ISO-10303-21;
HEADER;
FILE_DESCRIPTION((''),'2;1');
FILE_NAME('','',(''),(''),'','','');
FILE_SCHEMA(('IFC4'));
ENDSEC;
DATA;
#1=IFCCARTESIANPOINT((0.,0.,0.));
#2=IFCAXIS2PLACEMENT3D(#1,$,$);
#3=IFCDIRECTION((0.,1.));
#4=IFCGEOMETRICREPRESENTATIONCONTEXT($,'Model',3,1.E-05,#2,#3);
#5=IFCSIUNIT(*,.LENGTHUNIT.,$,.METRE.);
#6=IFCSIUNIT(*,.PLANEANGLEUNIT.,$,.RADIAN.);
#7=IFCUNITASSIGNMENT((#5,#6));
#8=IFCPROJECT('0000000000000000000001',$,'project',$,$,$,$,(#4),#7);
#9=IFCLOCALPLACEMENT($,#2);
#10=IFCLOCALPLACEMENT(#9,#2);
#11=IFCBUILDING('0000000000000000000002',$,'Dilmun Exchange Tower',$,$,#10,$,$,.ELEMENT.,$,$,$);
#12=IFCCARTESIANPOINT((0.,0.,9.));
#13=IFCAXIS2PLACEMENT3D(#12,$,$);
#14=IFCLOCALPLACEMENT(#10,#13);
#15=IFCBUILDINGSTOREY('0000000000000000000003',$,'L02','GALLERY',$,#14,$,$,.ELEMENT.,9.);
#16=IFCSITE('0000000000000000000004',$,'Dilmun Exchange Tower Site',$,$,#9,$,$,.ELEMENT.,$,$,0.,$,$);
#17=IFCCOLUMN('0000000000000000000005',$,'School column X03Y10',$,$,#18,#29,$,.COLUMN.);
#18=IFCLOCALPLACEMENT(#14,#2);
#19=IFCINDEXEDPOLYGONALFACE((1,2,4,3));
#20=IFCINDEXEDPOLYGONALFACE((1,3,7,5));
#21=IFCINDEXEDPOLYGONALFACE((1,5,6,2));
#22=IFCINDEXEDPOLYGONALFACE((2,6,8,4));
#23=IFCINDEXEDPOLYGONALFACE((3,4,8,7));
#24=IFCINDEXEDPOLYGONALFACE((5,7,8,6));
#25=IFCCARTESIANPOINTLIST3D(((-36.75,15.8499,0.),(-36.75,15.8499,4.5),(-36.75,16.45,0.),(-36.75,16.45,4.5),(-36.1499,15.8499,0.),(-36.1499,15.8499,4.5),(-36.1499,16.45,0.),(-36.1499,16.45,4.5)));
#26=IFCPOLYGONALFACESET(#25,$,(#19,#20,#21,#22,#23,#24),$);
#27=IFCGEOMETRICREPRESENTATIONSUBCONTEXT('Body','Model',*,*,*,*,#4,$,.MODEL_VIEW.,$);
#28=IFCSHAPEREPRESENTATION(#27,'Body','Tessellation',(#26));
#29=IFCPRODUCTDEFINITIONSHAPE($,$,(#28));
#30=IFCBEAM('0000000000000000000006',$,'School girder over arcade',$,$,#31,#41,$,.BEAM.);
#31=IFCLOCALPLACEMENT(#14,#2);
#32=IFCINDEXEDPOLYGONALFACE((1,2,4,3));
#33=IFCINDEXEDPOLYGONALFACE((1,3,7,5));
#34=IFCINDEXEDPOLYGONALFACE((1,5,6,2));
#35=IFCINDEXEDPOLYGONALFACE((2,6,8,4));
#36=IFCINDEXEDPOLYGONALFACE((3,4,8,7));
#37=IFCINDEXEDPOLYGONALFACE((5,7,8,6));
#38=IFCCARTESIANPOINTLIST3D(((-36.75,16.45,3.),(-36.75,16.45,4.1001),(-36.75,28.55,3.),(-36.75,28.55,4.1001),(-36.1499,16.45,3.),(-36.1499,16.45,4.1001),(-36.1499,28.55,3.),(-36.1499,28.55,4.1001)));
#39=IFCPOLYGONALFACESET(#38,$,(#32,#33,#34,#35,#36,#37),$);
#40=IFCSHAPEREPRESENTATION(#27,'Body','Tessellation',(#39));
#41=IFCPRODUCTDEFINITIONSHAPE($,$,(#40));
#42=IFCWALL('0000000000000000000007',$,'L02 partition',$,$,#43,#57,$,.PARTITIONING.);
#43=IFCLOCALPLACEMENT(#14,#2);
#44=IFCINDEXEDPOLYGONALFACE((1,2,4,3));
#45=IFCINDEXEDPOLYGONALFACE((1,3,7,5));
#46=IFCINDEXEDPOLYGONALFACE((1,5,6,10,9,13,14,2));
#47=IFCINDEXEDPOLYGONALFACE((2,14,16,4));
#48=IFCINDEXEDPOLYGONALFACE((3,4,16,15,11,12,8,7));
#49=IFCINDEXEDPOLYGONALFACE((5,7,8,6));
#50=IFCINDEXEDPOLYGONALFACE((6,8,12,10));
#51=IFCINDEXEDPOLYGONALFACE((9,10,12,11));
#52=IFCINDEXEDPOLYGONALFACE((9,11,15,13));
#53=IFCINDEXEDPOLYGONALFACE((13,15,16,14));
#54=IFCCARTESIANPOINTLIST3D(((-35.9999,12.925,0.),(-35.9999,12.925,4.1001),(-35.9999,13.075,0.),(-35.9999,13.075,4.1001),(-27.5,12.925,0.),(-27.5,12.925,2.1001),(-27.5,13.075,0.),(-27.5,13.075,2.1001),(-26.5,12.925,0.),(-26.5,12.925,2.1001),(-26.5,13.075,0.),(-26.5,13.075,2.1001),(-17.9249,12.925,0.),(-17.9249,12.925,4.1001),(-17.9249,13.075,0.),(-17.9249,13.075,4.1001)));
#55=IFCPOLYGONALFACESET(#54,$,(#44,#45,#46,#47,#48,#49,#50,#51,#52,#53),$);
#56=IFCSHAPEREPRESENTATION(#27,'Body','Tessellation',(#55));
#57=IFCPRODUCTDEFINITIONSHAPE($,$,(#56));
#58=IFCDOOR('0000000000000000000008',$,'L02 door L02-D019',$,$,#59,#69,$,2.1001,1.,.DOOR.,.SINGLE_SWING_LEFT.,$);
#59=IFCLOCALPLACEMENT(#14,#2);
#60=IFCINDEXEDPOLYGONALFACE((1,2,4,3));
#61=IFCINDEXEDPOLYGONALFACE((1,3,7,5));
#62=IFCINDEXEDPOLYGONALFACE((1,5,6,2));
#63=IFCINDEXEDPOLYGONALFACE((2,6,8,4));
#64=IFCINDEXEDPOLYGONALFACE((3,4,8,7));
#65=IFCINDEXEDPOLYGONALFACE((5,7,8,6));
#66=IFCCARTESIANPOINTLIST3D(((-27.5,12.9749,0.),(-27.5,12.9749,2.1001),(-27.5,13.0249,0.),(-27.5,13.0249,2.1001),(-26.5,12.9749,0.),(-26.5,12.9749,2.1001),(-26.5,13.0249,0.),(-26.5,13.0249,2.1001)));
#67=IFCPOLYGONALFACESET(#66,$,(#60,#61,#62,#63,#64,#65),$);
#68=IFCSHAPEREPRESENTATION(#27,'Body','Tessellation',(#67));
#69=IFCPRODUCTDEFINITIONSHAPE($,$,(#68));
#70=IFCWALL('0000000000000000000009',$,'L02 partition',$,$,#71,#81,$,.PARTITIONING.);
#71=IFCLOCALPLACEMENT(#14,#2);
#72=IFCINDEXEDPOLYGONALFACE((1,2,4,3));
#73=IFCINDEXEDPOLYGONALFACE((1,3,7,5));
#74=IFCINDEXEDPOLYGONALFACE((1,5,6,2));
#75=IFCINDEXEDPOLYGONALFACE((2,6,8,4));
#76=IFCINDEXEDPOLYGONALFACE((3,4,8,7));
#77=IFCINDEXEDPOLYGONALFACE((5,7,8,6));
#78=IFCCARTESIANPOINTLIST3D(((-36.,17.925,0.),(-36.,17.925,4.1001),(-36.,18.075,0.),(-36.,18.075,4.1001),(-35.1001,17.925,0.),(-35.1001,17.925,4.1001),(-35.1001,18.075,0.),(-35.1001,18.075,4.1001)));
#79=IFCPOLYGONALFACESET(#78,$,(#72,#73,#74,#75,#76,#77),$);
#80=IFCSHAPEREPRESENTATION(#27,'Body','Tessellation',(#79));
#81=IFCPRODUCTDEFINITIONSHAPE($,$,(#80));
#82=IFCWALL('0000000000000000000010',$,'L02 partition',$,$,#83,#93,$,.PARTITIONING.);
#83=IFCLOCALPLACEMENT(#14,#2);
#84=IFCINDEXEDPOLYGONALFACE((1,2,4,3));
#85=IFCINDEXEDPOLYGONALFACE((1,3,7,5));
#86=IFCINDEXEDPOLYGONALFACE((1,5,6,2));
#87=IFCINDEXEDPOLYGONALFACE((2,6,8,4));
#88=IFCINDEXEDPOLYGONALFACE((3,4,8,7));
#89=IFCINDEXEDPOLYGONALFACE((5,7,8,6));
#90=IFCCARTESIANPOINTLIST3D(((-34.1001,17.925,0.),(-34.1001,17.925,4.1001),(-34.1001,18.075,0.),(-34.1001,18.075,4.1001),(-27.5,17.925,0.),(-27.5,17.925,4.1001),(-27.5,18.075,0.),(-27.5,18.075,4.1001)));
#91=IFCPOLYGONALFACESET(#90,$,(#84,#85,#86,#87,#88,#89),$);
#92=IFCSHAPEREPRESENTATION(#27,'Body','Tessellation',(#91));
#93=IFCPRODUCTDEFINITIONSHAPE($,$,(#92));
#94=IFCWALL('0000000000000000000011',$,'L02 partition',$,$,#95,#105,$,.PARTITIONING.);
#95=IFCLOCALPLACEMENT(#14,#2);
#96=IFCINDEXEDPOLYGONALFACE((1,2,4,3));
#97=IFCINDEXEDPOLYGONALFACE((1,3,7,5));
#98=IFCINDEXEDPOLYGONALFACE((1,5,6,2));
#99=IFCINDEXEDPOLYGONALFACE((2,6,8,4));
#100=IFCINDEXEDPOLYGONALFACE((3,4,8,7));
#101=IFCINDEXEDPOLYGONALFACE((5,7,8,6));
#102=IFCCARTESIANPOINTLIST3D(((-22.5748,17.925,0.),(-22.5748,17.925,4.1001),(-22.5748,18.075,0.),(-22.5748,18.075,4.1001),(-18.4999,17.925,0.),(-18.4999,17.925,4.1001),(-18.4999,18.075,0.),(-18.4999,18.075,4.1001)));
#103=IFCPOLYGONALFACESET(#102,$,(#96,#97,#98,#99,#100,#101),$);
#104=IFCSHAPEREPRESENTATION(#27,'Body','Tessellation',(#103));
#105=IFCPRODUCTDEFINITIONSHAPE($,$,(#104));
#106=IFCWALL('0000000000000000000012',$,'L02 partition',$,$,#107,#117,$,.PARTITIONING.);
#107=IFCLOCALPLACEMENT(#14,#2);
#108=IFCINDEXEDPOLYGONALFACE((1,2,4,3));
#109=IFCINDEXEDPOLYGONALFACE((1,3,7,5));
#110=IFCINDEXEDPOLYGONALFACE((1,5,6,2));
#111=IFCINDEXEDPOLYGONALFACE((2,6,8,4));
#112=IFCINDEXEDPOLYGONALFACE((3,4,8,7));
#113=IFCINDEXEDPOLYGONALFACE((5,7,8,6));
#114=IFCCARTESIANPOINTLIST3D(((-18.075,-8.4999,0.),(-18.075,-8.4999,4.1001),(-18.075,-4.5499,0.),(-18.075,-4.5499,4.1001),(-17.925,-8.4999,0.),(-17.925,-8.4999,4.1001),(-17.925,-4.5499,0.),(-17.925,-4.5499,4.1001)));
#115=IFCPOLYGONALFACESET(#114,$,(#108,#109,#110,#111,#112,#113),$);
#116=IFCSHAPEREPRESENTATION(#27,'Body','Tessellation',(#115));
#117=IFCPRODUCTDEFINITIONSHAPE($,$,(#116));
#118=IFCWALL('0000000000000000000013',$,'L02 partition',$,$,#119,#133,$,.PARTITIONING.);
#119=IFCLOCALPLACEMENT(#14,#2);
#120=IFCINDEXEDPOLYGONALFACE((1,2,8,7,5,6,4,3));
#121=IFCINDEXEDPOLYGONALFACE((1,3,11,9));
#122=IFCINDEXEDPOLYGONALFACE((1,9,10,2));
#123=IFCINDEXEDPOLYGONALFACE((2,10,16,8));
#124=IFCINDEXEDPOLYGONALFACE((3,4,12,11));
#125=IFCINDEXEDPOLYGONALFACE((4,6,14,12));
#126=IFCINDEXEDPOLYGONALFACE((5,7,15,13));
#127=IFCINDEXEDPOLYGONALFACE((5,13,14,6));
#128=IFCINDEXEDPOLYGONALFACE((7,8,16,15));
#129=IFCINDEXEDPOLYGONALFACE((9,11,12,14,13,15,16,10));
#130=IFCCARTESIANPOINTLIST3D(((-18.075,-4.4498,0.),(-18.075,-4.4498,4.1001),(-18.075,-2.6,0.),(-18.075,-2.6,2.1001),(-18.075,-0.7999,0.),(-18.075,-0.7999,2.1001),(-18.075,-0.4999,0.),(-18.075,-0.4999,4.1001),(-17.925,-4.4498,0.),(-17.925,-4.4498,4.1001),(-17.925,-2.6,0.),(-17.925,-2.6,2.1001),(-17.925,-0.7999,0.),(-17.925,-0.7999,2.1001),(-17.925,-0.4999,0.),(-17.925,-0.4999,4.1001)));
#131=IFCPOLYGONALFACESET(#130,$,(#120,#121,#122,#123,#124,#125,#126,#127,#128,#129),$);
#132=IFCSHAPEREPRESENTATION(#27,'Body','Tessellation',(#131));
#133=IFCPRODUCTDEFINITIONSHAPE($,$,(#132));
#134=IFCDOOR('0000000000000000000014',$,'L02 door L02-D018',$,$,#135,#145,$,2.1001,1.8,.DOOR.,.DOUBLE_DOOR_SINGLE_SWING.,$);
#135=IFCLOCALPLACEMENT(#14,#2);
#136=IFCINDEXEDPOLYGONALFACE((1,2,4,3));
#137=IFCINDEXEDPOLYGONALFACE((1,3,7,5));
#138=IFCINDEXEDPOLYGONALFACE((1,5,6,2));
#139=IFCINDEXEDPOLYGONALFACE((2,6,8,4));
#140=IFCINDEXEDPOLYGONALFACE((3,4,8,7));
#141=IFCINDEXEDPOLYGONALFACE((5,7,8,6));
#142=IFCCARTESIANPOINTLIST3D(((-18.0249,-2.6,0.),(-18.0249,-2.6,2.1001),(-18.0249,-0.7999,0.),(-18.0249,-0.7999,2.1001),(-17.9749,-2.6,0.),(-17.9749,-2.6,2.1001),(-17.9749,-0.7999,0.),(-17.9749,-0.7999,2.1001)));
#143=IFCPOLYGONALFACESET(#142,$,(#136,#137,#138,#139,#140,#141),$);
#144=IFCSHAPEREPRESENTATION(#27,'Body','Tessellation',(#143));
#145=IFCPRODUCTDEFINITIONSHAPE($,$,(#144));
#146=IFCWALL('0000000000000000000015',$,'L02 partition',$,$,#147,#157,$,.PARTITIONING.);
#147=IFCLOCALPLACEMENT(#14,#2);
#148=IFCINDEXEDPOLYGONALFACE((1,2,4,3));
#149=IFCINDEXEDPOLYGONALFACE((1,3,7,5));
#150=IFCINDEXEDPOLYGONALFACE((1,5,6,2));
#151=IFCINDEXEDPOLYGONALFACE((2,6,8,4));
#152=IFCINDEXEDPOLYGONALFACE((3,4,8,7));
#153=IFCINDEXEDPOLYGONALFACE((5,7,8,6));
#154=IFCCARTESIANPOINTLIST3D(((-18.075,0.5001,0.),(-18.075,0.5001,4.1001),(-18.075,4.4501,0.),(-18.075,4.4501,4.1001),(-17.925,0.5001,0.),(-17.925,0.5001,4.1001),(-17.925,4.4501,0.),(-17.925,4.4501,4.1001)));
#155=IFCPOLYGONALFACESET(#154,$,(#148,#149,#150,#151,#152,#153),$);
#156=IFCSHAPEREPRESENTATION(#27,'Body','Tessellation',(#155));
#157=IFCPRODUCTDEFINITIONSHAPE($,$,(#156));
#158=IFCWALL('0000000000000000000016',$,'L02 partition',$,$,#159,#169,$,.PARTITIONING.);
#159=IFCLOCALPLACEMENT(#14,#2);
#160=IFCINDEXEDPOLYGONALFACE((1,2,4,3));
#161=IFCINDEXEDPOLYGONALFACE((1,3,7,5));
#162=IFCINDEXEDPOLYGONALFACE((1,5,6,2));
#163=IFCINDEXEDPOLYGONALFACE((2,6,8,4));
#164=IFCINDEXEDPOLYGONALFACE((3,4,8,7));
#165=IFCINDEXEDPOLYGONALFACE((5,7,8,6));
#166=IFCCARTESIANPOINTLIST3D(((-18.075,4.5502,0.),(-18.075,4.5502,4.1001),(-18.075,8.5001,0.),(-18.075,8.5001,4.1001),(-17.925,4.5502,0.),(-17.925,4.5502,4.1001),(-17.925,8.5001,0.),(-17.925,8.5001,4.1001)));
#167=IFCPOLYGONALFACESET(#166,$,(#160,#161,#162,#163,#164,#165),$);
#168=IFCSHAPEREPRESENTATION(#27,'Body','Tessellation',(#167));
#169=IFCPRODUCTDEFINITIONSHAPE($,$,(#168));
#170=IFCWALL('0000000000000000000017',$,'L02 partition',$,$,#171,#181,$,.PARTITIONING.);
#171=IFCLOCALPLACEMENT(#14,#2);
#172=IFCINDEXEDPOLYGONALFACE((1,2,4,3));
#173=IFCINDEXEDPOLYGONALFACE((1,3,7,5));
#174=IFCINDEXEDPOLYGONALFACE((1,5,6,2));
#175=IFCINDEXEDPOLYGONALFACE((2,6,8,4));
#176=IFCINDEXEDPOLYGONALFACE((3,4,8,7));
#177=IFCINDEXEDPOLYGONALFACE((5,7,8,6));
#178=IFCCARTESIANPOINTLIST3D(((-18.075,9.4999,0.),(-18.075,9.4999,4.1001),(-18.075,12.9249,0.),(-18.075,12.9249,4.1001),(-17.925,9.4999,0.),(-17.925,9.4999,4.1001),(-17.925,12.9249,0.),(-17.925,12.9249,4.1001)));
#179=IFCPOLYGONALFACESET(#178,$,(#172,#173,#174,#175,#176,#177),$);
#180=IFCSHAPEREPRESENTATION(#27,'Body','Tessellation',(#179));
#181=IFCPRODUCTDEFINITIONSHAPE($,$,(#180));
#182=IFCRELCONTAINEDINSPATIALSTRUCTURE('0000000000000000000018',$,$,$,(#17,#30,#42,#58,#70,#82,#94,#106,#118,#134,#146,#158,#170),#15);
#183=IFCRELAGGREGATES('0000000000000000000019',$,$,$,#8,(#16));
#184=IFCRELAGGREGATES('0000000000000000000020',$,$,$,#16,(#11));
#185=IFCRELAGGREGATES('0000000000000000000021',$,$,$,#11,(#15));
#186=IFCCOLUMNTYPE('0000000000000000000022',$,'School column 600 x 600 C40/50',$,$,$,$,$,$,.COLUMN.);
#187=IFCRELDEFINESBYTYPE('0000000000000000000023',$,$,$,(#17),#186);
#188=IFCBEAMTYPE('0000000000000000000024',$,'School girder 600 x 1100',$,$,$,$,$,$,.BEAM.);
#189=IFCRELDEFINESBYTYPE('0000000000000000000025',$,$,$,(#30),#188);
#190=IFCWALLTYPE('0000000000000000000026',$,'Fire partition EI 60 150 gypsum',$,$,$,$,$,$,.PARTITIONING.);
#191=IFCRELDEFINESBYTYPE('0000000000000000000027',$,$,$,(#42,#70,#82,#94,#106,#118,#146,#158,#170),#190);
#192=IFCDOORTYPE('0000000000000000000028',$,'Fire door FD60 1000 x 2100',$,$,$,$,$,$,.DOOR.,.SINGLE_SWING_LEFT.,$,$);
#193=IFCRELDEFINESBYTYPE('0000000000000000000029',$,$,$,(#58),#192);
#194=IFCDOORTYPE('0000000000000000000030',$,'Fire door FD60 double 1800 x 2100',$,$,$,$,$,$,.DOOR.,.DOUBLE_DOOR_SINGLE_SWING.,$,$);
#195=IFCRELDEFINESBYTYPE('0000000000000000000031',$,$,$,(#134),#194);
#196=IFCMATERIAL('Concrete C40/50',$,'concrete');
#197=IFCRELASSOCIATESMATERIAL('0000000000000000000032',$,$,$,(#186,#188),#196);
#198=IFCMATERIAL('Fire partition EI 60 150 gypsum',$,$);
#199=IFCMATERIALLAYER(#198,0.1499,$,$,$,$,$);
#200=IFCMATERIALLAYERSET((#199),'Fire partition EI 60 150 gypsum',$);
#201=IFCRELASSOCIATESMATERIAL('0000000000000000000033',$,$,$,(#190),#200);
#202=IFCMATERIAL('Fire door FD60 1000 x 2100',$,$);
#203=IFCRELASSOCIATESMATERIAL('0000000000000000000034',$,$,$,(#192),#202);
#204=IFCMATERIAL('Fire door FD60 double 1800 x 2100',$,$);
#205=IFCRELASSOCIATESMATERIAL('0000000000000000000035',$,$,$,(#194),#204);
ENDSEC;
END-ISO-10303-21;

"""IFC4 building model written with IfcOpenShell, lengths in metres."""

from ifc_helpers import new_model, si_unit, direction, frame, frame_2d, origin, origin_2d, place, context, subcontext, project, spatial, rectangle, extrude, material, layer, layer_set, material_profile, profile_set, type_object, element, fill, save


model = new_model("IFC4")

# Units and contexts
model_context = context("Model", 3, precision=1e-05, world=origin(), true_north=direction((0.0, 1.0)))
body_context = subcontext(model_context, "Body", "Model", "MODEL_VIEW")
ifc_project = project(units=[si_unit("LENGTHUNIT", "METRE"), si_unit("PLANEANGLEUNIT", "RADIAN")], contexts=[model_context])

# Site, building, storey
site_placement = place(None, origin())
site = spatial("IfcSite", under=ifc_project, at=site_placement, Name="Dilmun Exchange Tower Site", CompositionType="ELEMENT", RefElevation=0.0)
building_placement = place(site_placement, origin())
building = spatial("IfcBuilding", under=site, at=building_placement, Name="Dilmun Exchange Tower", CompositionType="ELEMENT")
storey_placement = place(building_placement, frame((0.0, 0.0, 9.0)))
storey = spatial("IfcBuildingStorey", under=building, at=storey_placement, Name="L02", Description="GALLERY", CompositionType="ELEMENT", Elevation=9.0)

# Column
ifc_material_1 = material(Name="Concrete C40/50", Category="concrete")
ifc_material_profile_1 = material_profile(ifc_material_1, rectangle(XDim=0.6001, YDim=0.6001, at=origin_2d()), Name="600 x 600")
ifc_profile_set_1 = profile_set([ifc_material_profile_1], Name="Concrete C40/50")
column_type_1 = type_object("IfcColumnType", Name="School column 600 x 600 C40/50", PredefinedType="COLUMN", material=ifc_profile_set_1)
for number, where, z_axis, x_axis, name in (
    (1, (-36.45, 16.1499, 0.0), (0.0, 0.0, 1.0), (1.0, 0.0, 0.0), "School column X03Y10"),
):
    element("IfcColumn", number, at=place(storey_placement, frame(where, z_axis=z_axis, x_axis=x_axis)), inside=storey, type_object=column_type_1, Name=name, PredefinedType="COLUMN", context=body_context, shape_type="SweptSolid", body=[
        extrude(rectangle(XDim=0.6001, YDim=0.6001, at=origin_2d()), origin(), (0.0, 0.0, 1.0), 4.5),
    ])

# Beam
ifc_material_profile_2 = material_profile(ifc_material_1, rectangle(XDim=0.6001, YDim=1.1001, at=origin_2d()), Name="600 x 1100")
ifc_profile_set_2 = profile_set([ifc_material_profile_2], Name="Concrete C40/50")
beam_type = type_object("IfcBeamType", Name="School girder 600 x 1100", PredefinedType="BEAM", material=ifc_profile_set_2)
beam_placement = place(storey_placement, frame((-36.45, 16.45, 3.55), z_axis=(0.0, 1.0, 0.0), x_axis=(-1.0, 0.0, 0.0)))
element("IfcBeam", 2, at=beam_placement, inside=storey, type_object=beam_type, Name="School girder over arcade", PredefinedType="BEAM", context=body_context, shape_type="SweptSolid", body=[
    extrude(rectangle(XDim=0.6001, YDim=1.1001, at=origin_2d()), origin(), (0.0, 0.0, 1.0), 12.1001),
])

# Wall, opening, door
ifc_material_2 = material(Name="Fire partition EI 60 150 gypsum")
ifc_layer_1 = layer(ifc_material_2, 0.1499)
ifc_layer_set_1 = layer_set([ifc_layer_1], Name="Fire partition EI 60 150 gypsum")
wall_type_1 = type_object("IfcWallType", Name="Fire partition EI 60 150 gypsum", PredefinedType="PARTITIONING", material=ifc_layer_set_1)
wall_1_placement = place(storey_placement, frame((-36.0, 13.0, 0.0), z_axis=(0.0, 0.0, 1.0), x_axis=(1.0, 0.0, 0.0)))
wall_1 = element("IfcWall", 3, at=wall_1_placement, inside=storey, type_object=wall_type_1, Name="L02 partition", PredefinedType="PARTITIONING", context=body_context, shape_type="SweptSolid", body=[
    extrude(rectangle(XDim=18.075, YDim=0.1499, at=frame_2d((9.0376, 0.0))), origin(), (0.0, 0.0, 1.0), 4.1001),
])
opening_1_placement = place(wall_1_placement, frame((8.5, 0.0, 0.0)))
opening_1 = element("IfcOpeningElement", 4, at=opening_1_placement, cuts=wall_1, PredefinedType="OPENING", context=body_context, shape_type="SweptSolid", body=[
    extrude(rectangle(XDim=1.0, YDim=2.1001, at=frame_2d((0.5, 1.05))), frame((0.0, 0.085, 0.0), z_axis=(0.0, -1.0, 0.0), x_axis=(1.0, 0.0, 0.0)), (0.0, 0.0, 1.0), 0.1699),
])
ifc_material_3 = material(Name="Fire door FD60 1000 x 2100")
door_type_1 = type_object("IfcDoorType", Name="Fire door FD60 1000 x 2100", OperationType="SINGLE_SWING_LEFT", PredefinedType="DOOR", material=ifc_material_3)
door_1_placement = place(opening_1_placement, origin())
door_1 = element("IfcDoor", 5, at=door_1_placement, inside=storey, type_object=door_type_1, Name="L02 door L02-D019", OperationType="SINGLE_SWING_LEFT", OverallHeight=2.1001, OverallWidth=1.0, PredefinedType="DOOR", context=body_context, shape_type="SweptSolid", body=[
    extrude(rectangle(XDim=1.0, YDim=2.1001, at=frame_2d((0.5, 1.05))), frame((0.0, 0.0249, 0.0), z_axis=(0.0, -1.0, 0.0), x_axis=(1.0, 0.0, 0.0)), (0.0, 0.0, 1.0), 0.05),
])
fill(opening_1, door_1)

# Walls
wall_2_placement = place(storey_placement, frame((-36.0, 18.0, 0.0), z_axis=(0.0, 0.0, 1.0), x_axis=(1.0, 0.0, 0.0)))
element("IfcWall", 6, at=wall_2_placement, inside=storey, type_object=wall_type_1, Name="L02 partition", PredefinedType="PARTITIONING", context=body_context, shape_type="SweptSolid", body=[
    extrude(rectangle(XDim=0.8999, YDim=0.1499, at=frame_2d((0.45, 0.0))), origin(), (0.0, 0.0, 1.0), 4.1001),
])
wall_3_placement = place(storey_placement, frame((-34.1001, 18.0, 0.0), z_axis=(0.0, 0.0, 1.0), x_axis=(1.0, 0.0, 0.0)))
element("IfcWall", 7, at=wall_3_placement, inside=storey, type_object=wall_type_1, Name="L02 partition", PredefinedType="PARTITIONING", context=body_context, shape_type="SweptSolid", body=[
    extrude(rectangle(XDim=6.6001, YDim=0.1499, at=frame_2d((3.3, 0.0))), origin(), (0.0, 0.0, 1.0), 4.1001),
])
wall_4_placement = place(storey_placement, frame((-22.575, 18.0, 0.0), z_axis=(0.0, 0.0, 1.0), x_axis=(1.0, 0.0, 0.0)))
element("IfcWall", 8, at=wall_4_placement, inside=storey, type_object=wall_type_1, Name="L02 partition", PredefinedType="PARTITIONING", context=body_context, shape_type="SweptSolid", body=[
    extrude(rectangle(XDim=4.075, YDim=0.1499, at=frame_2d((2.0376, 0.0))), origin(), (0.0, 0.0, 1.0), 4.1001),
])
wall_5_placement = place(storey_placement, frame((-18.0, -8.5, 0.0), z_axis=(0.0, 0.0, 1.0), x_axis=(0.0, 1.0, 0.0)))
element("IfcWall", 9, at=wall_5_placement, inside=storey, type_object=wall_type_1, Name="L02 partition", PredefinedType="PARTITIONING", context=body_context, shape_type="SweptSolid", body=[
    extrude(rectangle(XDim=3.95, YDim=0.1499, at=frame_2d((1.9751, 0.0))), origin(), (0.0, 0.0, 1.0), 4.1001),
])

# Wall, opening, door
wall_6_placement = place(storey_placement, frame((-18.0, -4.45, 0.0), z_axis=(0.0, 0.0, 1.0), x_axis=(0.0, 1.0, 0.0)))
wall_6 = element("IfcWall", 10, at=wall_6_placement, inside=storey, type_object=wall_type_1, Name="L02 partition", PredefinedType="PARTITIONING", context=body_context, shape_type="SweptSolid", body=[
    extrude(rectangle(XDim=3.95, YDim=0.1499, at=frame_2d((1.9751, 0.0))), origin(), (0.0, 0.0, 1.0), 4.1001),
])
opening_2_placement = place(wall_6_placement, frame((1.8501, 0.0, 0.0)))
opening_2 = element("IfcOpeningElement", 11, at=opening_2_placement, cuts=wall_6, PredefinedType="OPENING", context=body_context, shape_type="SweptSolid", body=[
    extrude(rectangle(XDim=1.8, YDim=2.1001, at=frame_2d((0.8999, 1.05))), frame((0.0, 0.085, 0.0), z_axis=(0.0, -1.0, 0.0), x_axis=(1.0, 0.0, 0.0)), (0.0, 0.0, 1.0), 0.1699),
])
ifc_material_4 = material(Name="Fire door FD60 double 1800 x 2100")
door_type_2 = type_object("IfcDoorType", Name="Fire door FD60 double 1800 x 2100", OperationType="DOUBLE_DOOR_SINGLE_SWING", PredefinedType="DOOR", material=ifc_material_4)
door_2_placement = place(opening_2_placement, origin())
door_2 = element("IfcDoor", 12, at=door_2_placement, inside=storey, type_object=door_type_2, Name="L02 door L02-D018", OperationType="DOUBLE_DOOR_SINGLE_SWING", OverallHeight=2.1001, OverallWidth=1.8, PredefinedType="DOOR", context=body_context, shape_type="SweptSolid", body=[
    extrude(rectangle(XDim=1.8, YDim=2.1001, at=frame_2d((0.8999, 1.05))), frame((0.0, 0.0249, 0.0), z_axis=(0.0, -1.0, 0.0), x_axis=(1.0, 0.0, 0.0)), (0.0, 0.0, 1.0), 0.05),
])
fill(opening_2, door_2)

# Walls
for number, where, z_axis, x_axis, name in (
    (13, (-18.0, 0.5, 0.0), (0.0, 0.0, 1.0), (0.0, 1.0, 0.0), "L02 partition"),
    (14, (-18.0, 4.55, 0.0), (0.0, 0.0, 1.0), (0.0, 1.0, 0.0), "L02 partition"),
):
    element("IfcWall", number, at=place(storey_placement, frame(where, z_axis=z_axis, x_axis=x_axis)), inside=storey, type_object=wall_type_1, Name=name, PredefinedType="PARTITIONING", context=body_context, shape_type="SweptSolid", body=[
        extrude(rectangle(XDim=3.95, YDim=0.1499, at=frame_2d((1.9751, 0.0))), origin(), (0.0, 0.0, 1.0), 4.1001),
    ])
wall_7_placement = place(storey_placement, frame((-18.0, 9.5, 0.0), z_axis=(0.0, 0.0, 1.0), x_axis=(0.0, 1.0, 0.0)))
element("IfcWall", 15, at=wall_7_placement, inside=storey, type_object=wall_type_1, Name="L02 partition", PredefinedType="PARTITIONING", context=body_context, shape_type="SweptSolid", body=[
    extrude(rectangle(XDim=3.425, YDim=0.1499, at=frame_2d((1.7124, 0.0))), origin(), (0.0, 0.0, 1.0), 4.1001),
])

save(model, "model.ifc")
